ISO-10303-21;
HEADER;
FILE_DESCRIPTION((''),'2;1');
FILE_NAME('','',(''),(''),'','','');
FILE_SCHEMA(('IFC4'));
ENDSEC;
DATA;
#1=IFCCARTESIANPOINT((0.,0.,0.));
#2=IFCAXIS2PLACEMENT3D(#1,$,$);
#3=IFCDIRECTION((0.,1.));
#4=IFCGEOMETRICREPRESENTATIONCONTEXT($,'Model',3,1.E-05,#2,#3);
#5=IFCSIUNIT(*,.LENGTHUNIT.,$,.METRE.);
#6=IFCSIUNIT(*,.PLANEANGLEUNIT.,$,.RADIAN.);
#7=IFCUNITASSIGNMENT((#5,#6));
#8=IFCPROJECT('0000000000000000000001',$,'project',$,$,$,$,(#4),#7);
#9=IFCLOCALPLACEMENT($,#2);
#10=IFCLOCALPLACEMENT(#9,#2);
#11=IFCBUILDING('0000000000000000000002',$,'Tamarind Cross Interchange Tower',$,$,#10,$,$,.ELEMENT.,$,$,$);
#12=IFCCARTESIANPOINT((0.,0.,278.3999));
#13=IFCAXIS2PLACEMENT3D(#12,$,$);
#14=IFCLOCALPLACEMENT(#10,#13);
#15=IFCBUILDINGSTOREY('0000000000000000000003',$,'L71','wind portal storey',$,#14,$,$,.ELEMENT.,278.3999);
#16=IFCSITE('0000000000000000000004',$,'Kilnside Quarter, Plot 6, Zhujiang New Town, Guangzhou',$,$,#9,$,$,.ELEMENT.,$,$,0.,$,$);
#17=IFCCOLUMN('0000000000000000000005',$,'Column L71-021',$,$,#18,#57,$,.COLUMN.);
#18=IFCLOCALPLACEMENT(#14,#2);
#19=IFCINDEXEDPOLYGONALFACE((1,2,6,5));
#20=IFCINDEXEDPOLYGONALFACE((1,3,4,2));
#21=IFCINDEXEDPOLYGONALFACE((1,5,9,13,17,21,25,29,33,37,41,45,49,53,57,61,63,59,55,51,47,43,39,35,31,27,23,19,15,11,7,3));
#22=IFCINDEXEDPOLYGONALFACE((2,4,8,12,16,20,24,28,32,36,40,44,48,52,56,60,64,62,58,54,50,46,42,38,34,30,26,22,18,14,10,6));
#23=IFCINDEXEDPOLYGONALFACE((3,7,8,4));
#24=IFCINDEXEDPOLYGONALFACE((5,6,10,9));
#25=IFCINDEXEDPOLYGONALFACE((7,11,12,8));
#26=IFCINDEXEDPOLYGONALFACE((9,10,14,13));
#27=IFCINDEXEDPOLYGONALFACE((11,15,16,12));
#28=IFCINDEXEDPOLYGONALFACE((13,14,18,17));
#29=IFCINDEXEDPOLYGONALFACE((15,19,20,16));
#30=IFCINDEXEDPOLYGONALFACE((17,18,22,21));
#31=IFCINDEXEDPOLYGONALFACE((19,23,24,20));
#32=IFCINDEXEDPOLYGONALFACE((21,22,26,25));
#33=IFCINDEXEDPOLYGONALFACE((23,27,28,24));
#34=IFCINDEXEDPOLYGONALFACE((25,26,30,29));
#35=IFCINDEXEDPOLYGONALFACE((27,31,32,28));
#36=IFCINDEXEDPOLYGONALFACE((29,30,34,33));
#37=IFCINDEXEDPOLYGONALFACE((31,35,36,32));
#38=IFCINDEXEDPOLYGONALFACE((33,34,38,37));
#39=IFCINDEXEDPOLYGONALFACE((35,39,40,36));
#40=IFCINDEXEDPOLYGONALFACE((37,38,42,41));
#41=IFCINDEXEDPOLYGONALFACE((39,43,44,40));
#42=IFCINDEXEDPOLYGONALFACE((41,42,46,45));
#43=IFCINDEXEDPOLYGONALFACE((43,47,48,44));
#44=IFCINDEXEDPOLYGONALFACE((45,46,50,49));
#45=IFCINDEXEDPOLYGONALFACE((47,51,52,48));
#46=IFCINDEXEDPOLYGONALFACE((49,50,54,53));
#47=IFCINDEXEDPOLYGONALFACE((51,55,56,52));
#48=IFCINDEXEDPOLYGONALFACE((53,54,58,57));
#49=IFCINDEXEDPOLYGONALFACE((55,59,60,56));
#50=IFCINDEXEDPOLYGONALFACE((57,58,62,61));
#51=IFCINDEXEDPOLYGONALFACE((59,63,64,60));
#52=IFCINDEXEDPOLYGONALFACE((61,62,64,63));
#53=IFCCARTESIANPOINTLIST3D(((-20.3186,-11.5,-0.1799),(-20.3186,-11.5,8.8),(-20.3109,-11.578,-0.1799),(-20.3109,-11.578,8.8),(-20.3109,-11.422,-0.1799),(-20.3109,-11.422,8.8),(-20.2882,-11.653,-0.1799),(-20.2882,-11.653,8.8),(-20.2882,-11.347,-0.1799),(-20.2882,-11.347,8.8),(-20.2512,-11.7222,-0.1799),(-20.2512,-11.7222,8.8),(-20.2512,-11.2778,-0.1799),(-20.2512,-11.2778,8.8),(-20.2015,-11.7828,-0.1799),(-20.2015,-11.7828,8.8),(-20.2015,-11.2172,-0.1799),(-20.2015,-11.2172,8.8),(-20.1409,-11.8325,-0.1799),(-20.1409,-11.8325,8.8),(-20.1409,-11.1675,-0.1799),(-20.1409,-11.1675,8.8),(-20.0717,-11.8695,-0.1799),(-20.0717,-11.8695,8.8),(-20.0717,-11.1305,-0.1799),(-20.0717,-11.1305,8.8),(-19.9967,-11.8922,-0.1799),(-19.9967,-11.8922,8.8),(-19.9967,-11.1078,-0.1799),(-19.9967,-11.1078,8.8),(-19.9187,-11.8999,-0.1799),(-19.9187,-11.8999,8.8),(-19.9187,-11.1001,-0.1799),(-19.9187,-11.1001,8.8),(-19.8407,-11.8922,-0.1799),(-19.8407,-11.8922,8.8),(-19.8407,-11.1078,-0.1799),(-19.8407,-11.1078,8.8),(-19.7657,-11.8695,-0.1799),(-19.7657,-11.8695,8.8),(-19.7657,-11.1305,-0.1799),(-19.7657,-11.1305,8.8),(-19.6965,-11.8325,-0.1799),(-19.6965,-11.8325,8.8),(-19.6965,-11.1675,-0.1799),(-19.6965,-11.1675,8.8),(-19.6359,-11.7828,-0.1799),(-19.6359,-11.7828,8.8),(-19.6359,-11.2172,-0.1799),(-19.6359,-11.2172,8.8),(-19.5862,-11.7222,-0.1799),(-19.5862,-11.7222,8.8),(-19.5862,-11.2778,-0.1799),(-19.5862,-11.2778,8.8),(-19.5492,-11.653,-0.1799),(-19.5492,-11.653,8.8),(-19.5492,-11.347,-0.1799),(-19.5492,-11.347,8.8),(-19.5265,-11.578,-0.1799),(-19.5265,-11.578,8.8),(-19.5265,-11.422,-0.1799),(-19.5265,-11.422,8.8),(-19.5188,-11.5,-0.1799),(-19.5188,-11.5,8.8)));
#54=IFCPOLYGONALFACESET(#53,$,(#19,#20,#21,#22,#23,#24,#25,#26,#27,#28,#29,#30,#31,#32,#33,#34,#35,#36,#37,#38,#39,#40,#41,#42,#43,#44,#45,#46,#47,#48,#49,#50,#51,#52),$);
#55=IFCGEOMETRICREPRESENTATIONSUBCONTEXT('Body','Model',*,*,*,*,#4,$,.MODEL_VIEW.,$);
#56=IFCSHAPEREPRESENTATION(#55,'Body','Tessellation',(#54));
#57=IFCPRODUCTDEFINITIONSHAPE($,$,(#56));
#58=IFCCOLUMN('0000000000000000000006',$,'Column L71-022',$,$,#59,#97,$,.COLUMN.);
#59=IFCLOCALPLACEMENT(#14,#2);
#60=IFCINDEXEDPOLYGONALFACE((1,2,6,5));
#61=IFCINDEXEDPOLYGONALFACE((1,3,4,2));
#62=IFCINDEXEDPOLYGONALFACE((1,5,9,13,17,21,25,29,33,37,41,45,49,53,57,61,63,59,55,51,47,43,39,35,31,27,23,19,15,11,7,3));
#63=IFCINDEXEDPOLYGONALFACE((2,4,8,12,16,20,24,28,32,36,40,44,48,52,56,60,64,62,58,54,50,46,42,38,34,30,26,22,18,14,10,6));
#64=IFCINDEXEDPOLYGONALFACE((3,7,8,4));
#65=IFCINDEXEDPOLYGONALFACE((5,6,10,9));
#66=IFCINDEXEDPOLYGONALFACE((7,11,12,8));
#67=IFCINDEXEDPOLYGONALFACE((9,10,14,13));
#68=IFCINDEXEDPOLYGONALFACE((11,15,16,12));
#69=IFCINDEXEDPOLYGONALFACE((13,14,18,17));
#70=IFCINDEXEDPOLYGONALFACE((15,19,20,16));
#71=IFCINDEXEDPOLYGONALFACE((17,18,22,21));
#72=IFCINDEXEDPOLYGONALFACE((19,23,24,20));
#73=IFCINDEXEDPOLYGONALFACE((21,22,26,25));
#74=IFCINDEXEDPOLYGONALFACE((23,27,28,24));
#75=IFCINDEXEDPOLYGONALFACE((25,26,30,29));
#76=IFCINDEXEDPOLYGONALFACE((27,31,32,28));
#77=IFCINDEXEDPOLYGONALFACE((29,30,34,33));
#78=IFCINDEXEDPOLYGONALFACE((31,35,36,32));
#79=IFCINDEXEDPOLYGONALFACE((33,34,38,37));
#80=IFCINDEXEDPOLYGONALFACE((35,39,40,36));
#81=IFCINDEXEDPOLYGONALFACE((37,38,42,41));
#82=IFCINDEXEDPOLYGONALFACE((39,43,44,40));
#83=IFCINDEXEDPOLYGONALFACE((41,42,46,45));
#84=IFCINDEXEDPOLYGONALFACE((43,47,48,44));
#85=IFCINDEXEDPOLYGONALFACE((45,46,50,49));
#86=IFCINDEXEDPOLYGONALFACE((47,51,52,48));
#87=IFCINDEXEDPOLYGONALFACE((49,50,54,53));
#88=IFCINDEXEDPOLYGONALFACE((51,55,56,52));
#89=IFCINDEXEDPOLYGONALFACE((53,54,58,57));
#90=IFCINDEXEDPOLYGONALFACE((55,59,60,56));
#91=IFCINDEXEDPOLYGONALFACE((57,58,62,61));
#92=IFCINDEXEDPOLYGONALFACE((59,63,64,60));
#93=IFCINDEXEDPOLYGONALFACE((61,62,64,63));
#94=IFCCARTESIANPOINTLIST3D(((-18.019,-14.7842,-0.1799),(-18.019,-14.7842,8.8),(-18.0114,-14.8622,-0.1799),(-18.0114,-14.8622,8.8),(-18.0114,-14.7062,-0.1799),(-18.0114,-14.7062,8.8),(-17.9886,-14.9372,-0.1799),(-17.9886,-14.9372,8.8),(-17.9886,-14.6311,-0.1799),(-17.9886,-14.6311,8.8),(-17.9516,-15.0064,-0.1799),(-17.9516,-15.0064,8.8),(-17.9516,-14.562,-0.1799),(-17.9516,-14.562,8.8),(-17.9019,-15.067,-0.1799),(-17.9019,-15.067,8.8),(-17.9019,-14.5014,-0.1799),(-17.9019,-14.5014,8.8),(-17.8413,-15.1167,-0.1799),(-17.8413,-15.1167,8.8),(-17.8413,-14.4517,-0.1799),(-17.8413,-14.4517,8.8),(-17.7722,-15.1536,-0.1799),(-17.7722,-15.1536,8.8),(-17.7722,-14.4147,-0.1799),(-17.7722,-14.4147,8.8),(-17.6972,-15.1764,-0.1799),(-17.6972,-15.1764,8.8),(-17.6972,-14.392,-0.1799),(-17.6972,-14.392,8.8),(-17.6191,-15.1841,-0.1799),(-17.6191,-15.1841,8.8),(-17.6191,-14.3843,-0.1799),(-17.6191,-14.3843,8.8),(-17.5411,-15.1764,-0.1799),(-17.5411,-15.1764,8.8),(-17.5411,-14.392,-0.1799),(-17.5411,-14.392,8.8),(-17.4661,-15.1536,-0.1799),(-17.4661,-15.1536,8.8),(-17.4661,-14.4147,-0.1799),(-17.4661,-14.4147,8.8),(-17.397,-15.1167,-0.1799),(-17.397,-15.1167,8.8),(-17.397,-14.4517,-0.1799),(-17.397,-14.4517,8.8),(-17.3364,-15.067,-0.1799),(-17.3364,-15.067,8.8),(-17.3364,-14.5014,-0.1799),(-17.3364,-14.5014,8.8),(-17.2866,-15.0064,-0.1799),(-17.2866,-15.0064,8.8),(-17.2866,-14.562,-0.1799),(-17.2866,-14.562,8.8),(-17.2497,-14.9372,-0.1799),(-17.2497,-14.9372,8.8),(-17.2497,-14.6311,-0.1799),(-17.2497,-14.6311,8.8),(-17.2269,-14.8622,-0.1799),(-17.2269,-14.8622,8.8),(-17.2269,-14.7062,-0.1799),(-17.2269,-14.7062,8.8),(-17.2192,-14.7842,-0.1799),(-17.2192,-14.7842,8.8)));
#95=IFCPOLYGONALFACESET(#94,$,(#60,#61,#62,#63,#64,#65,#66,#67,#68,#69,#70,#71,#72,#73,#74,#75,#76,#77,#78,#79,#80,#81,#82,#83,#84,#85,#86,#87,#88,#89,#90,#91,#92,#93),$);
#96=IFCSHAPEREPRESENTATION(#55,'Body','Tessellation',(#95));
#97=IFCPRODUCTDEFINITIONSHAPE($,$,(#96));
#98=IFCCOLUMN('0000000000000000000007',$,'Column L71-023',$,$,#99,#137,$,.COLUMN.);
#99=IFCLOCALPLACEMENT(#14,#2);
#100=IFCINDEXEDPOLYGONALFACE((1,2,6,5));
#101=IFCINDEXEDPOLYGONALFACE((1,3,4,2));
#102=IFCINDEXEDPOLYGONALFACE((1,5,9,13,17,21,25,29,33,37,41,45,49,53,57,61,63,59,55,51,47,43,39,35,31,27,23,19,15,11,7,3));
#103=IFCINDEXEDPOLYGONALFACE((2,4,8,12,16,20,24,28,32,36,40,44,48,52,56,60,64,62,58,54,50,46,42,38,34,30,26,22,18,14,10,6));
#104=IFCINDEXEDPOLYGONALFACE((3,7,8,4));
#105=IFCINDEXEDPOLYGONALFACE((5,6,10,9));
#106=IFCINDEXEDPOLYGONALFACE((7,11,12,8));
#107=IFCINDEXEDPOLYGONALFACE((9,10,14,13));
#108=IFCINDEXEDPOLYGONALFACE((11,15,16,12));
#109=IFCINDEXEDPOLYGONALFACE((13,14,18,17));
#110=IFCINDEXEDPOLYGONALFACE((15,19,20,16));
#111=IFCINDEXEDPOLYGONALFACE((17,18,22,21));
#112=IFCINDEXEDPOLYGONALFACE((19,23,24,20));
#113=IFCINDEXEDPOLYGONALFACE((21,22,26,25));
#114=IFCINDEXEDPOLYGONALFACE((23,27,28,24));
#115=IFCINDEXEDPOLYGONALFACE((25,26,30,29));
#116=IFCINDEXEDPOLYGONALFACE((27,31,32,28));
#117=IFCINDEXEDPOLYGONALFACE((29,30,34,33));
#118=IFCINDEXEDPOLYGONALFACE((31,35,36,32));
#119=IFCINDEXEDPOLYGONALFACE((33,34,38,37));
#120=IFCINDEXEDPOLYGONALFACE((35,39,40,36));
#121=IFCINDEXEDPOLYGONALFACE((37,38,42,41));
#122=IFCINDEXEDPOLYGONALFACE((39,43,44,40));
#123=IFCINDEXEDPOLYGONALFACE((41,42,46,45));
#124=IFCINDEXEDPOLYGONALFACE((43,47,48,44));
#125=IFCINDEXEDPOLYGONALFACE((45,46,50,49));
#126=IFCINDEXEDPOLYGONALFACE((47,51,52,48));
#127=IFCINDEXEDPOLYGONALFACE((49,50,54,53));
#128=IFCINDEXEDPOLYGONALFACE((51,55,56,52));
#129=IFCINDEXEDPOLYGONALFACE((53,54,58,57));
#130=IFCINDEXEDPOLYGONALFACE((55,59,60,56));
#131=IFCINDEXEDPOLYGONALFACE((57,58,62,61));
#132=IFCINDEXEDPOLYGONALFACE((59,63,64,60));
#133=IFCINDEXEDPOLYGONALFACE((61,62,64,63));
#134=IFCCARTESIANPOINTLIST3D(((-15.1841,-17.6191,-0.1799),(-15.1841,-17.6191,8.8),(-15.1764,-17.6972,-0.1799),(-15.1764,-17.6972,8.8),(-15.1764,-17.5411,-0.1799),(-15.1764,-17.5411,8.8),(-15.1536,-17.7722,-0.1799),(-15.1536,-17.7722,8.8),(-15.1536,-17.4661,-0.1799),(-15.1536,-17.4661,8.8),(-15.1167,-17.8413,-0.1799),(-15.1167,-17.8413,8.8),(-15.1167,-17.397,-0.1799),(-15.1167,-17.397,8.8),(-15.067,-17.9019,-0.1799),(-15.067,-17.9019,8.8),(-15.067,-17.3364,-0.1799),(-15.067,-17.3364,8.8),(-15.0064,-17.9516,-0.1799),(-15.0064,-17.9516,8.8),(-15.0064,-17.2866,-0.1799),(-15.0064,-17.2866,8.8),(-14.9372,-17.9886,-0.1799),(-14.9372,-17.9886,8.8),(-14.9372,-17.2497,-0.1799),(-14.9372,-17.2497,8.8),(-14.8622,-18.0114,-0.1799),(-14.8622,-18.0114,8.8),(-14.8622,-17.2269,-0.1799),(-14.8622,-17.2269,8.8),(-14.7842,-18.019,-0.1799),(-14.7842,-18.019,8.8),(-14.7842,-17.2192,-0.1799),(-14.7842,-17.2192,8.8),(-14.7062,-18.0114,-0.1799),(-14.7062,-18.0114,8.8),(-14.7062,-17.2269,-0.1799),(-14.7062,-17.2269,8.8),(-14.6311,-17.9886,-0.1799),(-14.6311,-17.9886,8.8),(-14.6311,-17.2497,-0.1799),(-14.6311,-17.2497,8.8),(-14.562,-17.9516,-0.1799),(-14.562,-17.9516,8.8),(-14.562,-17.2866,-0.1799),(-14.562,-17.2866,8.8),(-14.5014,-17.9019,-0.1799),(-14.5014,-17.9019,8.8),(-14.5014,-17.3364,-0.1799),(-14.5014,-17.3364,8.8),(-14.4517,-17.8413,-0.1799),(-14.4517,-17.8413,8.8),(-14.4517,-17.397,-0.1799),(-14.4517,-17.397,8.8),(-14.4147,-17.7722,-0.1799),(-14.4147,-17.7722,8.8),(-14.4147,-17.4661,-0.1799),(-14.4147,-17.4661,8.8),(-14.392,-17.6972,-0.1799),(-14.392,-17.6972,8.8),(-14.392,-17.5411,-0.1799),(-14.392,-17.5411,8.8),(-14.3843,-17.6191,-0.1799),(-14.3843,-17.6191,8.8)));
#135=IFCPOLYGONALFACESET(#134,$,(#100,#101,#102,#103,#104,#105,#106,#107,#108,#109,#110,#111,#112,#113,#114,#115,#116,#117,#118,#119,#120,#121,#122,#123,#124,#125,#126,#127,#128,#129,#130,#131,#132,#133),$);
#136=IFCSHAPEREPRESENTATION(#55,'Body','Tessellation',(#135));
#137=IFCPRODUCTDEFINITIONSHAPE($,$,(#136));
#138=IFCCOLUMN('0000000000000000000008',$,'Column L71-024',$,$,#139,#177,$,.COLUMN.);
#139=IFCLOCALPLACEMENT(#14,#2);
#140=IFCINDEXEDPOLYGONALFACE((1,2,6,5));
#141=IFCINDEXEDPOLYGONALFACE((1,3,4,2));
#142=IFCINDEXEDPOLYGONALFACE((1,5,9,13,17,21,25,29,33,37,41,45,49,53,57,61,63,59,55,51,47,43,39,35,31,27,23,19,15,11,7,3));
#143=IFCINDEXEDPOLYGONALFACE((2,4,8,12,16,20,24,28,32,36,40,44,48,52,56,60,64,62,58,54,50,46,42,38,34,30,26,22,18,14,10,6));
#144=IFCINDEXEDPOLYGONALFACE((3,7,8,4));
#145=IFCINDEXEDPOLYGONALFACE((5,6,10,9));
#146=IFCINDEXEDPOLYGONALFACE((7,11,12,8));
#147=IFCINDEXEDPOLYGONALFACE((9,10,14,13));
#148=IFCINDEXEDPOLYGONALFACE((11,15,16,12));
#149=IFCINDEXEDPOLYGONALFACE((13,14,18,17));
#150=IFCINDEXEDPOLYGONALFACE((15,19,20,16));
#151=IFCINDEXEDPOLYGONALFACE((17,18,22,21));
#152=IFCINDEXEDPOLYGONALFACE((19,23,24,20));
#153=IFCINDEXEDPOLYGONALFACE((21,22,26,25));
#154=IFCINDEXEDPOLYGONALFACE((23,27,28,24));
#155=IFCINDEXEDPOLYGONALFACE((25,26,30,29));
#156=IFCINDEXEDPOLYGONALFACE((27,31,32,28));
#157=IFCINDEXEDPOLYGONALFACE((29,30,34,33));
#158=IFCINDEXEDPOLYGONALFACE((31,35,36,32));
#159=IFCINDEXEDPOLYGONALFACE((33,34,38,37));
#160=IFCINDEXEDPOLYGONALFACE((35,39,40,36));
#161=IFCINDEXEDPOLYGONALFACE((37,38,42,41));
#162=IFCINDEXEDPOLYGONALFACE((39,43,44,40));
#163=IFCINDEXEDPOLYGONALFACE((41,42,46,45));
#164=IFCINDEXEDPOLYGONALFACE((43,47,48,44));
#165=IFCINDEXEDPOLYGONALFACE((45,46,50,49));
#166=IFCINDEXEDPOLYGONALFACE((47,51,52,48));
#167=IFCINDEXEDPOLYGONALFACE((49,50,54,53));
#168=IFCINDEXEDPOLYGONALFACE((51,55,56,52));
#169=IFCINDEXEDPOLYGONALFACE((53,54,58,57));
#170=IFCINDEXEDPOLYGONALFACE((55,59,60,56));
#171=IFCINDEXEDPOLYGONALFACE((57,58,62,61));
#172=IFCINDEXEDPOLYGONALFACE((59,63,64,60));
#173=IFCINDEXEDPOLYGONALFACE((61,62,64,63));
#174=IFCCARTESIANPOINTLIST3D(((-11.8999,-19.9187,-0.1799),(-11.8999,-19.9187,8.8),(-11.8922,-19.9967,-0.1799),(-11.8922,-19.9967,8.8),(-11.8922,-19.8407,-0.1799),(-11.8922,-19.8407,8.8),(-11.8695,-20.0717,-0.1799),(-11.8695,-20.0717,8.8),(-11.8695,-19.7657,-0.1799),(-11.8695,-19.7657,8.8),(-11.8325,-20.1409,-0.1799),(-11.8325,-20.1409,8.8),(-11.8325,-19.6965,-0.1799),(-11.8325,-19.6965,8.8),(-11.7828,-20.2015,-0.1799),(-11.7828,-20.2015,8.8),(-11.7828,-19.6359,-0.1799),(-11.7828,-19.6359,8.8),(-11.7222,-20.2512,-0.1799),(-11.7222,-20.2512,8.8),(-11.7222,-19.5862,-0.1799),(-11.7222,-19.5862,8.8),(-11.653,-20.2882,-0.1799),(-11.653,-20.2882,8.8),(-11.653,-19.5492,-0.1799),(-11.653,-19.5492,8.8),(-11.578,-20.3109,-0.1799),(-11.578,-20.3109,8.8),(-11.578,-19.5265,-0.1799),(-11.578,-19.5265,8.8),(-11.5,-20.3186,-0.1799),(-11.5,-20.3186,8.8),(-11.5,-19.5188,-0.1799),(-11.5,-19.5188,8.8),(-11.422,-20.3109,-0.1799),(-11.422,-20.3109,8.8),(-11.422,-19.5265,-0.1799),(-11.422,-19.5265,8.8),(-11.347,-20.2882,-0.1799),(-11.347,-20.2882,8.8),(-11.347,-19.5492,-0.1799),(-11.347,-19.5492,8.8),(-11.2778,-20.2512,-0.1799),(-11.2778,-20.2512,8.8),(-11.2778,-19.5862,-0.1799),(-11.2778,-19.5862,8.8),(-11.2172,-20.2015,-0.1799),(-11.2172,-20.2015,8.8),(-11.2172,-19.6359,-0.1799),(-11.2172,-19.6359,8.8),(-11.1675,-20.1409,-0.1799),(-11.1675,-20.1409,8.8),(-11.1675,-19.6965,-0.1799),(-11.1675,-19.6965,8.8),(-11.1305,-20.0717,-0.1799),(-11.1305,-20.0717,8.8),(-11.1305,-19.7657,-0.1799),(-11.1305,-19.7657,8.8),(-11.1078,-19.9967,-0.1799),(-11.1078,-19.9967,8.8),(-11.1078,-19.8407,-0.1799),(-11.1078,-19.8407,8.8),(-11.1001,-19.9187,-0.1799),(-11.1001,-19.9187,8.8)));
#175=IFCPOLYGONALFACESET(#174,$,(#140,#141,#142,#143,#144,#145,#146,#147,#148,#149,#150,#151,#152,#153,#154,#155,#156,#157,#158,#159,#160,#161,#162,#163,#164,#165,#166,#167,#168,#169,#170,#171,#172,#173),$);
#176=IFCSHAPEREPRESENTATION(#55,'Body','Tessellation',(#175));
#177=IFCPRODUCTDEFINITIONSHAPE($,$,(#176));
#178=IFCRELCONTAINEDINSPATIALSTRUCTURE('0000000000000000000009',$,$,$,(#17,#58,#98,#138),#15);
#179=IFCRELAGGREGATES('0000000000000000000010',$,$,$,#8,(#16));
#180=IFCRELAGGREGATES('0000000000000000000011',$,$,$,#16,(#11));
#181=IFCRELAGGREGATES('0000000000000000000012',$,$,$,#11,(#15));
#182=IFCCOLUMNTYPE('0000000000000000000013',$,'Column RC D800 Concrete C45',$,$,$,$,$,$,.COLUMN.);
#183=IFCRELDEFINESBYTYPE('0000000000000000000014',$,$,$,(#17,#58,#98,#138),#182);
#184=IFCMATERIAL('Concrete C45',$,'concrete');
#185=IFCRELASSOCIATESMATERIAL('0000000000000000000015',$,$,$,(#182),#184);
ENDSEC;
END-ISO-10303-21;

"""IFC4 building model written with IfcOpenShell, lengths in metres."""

from ifc_helpers import new_model, si_unit, direction, frame, origin, origin_2d, place, context, subcontext, project, spatial, circle, extrude, material, material_profile, profile_set, type_object, element, save


model = new_model("IFC4")

# Units and contexts
model_context = context("Model", 3, precision=1e-05, world=origin(), true_north=direction((0.0, 1.0)))
body_context = subcontext(model_context, "Body", "Model", "MODEL_VIEW")
ifc_project = project(units=[si_unit("LENGTHUNIT", "METRE"), si_unit("PLANEANGLEUNIT", "RADIAN")], contexts=[model_context])

# Site, building, storey
site_placement = place(None, origin())
site = spatial("IfcSite", under=ifc_project, at=site_placement, Name="Kilnside Quarter, Plot 6, Zhujiang New Town, Guangzhou", CompositionType="ELEMENT", RefElevation=0.0)
building_placement = place(site_placement, origin())
building = spatial("IfcBuilding", under=site, at=building_placement, Name="Tamarind Cross Interchange Tower", CompositionType="ELEMENT")
storey_placement = place(building_placement, frame((0.0, 0.0, 278.3999)))
storey = spatial("IfcBuildingStorey", under=building, at=storey_placement, Name="L71", Description="wind portal storey", CompositionType="ELEMENT", Elevation=278.3999)

# Columns
ifc_material_1 = material(Name="Concrete C45", Category="concrete")
ifc_material_profile_1 = material_profile(ifc_material_1, circle(Radius=0.3999, at=origin_2d()), Name="RC D800")
ifc_profile_set_1 = profile_set([ifc_material_profile_1], Name="Concrete C45")
column_type = type_object("IfcColumnType", Name="Column RC D800 Concrete C45", PredefinedType="COLUMN", material=ifc_profile_set_1)
for number, where, z_axis, x_axis, name in (
    (1, (-19.9187, -11.5, -0.1799), (0.0, 0.0, 1.0), (1.0, 0.0, 0.0), "Column L71-021"),
    (2, (-17.6191, -14.7842, -0.1799), (0.0, 0.0, 1.0), (1.0, 0.0, 0.0), "Column L71-022"),
    (3, (-14.7842, -17.6191, -0.1799), (0.0, 0.0, 1.0), (1.0, 0.0, 0.0), "Column L71-023"),
    (4, (-11.5, -19.9187, -0.1799), (0.0, 0.0, 1.0), (1.0, 0.0, 0.0), "Column L71-024"),
):
    element("IfcColumn", number, at=place(storey_placement, frame(where, z_axis=z_axis, x_axis=x_axis)), inside=storey, type_object=column_type, Name=name, PredefinedType="COLUMN", context=body_context, shape_type="SweptSolid", body=[
        extrude(circle(Radius=0.3999, at=origin_2d()), origin(), (0.0, 0.0, 1.0), 8.98),
    ])

save(model, "model.ifc")
